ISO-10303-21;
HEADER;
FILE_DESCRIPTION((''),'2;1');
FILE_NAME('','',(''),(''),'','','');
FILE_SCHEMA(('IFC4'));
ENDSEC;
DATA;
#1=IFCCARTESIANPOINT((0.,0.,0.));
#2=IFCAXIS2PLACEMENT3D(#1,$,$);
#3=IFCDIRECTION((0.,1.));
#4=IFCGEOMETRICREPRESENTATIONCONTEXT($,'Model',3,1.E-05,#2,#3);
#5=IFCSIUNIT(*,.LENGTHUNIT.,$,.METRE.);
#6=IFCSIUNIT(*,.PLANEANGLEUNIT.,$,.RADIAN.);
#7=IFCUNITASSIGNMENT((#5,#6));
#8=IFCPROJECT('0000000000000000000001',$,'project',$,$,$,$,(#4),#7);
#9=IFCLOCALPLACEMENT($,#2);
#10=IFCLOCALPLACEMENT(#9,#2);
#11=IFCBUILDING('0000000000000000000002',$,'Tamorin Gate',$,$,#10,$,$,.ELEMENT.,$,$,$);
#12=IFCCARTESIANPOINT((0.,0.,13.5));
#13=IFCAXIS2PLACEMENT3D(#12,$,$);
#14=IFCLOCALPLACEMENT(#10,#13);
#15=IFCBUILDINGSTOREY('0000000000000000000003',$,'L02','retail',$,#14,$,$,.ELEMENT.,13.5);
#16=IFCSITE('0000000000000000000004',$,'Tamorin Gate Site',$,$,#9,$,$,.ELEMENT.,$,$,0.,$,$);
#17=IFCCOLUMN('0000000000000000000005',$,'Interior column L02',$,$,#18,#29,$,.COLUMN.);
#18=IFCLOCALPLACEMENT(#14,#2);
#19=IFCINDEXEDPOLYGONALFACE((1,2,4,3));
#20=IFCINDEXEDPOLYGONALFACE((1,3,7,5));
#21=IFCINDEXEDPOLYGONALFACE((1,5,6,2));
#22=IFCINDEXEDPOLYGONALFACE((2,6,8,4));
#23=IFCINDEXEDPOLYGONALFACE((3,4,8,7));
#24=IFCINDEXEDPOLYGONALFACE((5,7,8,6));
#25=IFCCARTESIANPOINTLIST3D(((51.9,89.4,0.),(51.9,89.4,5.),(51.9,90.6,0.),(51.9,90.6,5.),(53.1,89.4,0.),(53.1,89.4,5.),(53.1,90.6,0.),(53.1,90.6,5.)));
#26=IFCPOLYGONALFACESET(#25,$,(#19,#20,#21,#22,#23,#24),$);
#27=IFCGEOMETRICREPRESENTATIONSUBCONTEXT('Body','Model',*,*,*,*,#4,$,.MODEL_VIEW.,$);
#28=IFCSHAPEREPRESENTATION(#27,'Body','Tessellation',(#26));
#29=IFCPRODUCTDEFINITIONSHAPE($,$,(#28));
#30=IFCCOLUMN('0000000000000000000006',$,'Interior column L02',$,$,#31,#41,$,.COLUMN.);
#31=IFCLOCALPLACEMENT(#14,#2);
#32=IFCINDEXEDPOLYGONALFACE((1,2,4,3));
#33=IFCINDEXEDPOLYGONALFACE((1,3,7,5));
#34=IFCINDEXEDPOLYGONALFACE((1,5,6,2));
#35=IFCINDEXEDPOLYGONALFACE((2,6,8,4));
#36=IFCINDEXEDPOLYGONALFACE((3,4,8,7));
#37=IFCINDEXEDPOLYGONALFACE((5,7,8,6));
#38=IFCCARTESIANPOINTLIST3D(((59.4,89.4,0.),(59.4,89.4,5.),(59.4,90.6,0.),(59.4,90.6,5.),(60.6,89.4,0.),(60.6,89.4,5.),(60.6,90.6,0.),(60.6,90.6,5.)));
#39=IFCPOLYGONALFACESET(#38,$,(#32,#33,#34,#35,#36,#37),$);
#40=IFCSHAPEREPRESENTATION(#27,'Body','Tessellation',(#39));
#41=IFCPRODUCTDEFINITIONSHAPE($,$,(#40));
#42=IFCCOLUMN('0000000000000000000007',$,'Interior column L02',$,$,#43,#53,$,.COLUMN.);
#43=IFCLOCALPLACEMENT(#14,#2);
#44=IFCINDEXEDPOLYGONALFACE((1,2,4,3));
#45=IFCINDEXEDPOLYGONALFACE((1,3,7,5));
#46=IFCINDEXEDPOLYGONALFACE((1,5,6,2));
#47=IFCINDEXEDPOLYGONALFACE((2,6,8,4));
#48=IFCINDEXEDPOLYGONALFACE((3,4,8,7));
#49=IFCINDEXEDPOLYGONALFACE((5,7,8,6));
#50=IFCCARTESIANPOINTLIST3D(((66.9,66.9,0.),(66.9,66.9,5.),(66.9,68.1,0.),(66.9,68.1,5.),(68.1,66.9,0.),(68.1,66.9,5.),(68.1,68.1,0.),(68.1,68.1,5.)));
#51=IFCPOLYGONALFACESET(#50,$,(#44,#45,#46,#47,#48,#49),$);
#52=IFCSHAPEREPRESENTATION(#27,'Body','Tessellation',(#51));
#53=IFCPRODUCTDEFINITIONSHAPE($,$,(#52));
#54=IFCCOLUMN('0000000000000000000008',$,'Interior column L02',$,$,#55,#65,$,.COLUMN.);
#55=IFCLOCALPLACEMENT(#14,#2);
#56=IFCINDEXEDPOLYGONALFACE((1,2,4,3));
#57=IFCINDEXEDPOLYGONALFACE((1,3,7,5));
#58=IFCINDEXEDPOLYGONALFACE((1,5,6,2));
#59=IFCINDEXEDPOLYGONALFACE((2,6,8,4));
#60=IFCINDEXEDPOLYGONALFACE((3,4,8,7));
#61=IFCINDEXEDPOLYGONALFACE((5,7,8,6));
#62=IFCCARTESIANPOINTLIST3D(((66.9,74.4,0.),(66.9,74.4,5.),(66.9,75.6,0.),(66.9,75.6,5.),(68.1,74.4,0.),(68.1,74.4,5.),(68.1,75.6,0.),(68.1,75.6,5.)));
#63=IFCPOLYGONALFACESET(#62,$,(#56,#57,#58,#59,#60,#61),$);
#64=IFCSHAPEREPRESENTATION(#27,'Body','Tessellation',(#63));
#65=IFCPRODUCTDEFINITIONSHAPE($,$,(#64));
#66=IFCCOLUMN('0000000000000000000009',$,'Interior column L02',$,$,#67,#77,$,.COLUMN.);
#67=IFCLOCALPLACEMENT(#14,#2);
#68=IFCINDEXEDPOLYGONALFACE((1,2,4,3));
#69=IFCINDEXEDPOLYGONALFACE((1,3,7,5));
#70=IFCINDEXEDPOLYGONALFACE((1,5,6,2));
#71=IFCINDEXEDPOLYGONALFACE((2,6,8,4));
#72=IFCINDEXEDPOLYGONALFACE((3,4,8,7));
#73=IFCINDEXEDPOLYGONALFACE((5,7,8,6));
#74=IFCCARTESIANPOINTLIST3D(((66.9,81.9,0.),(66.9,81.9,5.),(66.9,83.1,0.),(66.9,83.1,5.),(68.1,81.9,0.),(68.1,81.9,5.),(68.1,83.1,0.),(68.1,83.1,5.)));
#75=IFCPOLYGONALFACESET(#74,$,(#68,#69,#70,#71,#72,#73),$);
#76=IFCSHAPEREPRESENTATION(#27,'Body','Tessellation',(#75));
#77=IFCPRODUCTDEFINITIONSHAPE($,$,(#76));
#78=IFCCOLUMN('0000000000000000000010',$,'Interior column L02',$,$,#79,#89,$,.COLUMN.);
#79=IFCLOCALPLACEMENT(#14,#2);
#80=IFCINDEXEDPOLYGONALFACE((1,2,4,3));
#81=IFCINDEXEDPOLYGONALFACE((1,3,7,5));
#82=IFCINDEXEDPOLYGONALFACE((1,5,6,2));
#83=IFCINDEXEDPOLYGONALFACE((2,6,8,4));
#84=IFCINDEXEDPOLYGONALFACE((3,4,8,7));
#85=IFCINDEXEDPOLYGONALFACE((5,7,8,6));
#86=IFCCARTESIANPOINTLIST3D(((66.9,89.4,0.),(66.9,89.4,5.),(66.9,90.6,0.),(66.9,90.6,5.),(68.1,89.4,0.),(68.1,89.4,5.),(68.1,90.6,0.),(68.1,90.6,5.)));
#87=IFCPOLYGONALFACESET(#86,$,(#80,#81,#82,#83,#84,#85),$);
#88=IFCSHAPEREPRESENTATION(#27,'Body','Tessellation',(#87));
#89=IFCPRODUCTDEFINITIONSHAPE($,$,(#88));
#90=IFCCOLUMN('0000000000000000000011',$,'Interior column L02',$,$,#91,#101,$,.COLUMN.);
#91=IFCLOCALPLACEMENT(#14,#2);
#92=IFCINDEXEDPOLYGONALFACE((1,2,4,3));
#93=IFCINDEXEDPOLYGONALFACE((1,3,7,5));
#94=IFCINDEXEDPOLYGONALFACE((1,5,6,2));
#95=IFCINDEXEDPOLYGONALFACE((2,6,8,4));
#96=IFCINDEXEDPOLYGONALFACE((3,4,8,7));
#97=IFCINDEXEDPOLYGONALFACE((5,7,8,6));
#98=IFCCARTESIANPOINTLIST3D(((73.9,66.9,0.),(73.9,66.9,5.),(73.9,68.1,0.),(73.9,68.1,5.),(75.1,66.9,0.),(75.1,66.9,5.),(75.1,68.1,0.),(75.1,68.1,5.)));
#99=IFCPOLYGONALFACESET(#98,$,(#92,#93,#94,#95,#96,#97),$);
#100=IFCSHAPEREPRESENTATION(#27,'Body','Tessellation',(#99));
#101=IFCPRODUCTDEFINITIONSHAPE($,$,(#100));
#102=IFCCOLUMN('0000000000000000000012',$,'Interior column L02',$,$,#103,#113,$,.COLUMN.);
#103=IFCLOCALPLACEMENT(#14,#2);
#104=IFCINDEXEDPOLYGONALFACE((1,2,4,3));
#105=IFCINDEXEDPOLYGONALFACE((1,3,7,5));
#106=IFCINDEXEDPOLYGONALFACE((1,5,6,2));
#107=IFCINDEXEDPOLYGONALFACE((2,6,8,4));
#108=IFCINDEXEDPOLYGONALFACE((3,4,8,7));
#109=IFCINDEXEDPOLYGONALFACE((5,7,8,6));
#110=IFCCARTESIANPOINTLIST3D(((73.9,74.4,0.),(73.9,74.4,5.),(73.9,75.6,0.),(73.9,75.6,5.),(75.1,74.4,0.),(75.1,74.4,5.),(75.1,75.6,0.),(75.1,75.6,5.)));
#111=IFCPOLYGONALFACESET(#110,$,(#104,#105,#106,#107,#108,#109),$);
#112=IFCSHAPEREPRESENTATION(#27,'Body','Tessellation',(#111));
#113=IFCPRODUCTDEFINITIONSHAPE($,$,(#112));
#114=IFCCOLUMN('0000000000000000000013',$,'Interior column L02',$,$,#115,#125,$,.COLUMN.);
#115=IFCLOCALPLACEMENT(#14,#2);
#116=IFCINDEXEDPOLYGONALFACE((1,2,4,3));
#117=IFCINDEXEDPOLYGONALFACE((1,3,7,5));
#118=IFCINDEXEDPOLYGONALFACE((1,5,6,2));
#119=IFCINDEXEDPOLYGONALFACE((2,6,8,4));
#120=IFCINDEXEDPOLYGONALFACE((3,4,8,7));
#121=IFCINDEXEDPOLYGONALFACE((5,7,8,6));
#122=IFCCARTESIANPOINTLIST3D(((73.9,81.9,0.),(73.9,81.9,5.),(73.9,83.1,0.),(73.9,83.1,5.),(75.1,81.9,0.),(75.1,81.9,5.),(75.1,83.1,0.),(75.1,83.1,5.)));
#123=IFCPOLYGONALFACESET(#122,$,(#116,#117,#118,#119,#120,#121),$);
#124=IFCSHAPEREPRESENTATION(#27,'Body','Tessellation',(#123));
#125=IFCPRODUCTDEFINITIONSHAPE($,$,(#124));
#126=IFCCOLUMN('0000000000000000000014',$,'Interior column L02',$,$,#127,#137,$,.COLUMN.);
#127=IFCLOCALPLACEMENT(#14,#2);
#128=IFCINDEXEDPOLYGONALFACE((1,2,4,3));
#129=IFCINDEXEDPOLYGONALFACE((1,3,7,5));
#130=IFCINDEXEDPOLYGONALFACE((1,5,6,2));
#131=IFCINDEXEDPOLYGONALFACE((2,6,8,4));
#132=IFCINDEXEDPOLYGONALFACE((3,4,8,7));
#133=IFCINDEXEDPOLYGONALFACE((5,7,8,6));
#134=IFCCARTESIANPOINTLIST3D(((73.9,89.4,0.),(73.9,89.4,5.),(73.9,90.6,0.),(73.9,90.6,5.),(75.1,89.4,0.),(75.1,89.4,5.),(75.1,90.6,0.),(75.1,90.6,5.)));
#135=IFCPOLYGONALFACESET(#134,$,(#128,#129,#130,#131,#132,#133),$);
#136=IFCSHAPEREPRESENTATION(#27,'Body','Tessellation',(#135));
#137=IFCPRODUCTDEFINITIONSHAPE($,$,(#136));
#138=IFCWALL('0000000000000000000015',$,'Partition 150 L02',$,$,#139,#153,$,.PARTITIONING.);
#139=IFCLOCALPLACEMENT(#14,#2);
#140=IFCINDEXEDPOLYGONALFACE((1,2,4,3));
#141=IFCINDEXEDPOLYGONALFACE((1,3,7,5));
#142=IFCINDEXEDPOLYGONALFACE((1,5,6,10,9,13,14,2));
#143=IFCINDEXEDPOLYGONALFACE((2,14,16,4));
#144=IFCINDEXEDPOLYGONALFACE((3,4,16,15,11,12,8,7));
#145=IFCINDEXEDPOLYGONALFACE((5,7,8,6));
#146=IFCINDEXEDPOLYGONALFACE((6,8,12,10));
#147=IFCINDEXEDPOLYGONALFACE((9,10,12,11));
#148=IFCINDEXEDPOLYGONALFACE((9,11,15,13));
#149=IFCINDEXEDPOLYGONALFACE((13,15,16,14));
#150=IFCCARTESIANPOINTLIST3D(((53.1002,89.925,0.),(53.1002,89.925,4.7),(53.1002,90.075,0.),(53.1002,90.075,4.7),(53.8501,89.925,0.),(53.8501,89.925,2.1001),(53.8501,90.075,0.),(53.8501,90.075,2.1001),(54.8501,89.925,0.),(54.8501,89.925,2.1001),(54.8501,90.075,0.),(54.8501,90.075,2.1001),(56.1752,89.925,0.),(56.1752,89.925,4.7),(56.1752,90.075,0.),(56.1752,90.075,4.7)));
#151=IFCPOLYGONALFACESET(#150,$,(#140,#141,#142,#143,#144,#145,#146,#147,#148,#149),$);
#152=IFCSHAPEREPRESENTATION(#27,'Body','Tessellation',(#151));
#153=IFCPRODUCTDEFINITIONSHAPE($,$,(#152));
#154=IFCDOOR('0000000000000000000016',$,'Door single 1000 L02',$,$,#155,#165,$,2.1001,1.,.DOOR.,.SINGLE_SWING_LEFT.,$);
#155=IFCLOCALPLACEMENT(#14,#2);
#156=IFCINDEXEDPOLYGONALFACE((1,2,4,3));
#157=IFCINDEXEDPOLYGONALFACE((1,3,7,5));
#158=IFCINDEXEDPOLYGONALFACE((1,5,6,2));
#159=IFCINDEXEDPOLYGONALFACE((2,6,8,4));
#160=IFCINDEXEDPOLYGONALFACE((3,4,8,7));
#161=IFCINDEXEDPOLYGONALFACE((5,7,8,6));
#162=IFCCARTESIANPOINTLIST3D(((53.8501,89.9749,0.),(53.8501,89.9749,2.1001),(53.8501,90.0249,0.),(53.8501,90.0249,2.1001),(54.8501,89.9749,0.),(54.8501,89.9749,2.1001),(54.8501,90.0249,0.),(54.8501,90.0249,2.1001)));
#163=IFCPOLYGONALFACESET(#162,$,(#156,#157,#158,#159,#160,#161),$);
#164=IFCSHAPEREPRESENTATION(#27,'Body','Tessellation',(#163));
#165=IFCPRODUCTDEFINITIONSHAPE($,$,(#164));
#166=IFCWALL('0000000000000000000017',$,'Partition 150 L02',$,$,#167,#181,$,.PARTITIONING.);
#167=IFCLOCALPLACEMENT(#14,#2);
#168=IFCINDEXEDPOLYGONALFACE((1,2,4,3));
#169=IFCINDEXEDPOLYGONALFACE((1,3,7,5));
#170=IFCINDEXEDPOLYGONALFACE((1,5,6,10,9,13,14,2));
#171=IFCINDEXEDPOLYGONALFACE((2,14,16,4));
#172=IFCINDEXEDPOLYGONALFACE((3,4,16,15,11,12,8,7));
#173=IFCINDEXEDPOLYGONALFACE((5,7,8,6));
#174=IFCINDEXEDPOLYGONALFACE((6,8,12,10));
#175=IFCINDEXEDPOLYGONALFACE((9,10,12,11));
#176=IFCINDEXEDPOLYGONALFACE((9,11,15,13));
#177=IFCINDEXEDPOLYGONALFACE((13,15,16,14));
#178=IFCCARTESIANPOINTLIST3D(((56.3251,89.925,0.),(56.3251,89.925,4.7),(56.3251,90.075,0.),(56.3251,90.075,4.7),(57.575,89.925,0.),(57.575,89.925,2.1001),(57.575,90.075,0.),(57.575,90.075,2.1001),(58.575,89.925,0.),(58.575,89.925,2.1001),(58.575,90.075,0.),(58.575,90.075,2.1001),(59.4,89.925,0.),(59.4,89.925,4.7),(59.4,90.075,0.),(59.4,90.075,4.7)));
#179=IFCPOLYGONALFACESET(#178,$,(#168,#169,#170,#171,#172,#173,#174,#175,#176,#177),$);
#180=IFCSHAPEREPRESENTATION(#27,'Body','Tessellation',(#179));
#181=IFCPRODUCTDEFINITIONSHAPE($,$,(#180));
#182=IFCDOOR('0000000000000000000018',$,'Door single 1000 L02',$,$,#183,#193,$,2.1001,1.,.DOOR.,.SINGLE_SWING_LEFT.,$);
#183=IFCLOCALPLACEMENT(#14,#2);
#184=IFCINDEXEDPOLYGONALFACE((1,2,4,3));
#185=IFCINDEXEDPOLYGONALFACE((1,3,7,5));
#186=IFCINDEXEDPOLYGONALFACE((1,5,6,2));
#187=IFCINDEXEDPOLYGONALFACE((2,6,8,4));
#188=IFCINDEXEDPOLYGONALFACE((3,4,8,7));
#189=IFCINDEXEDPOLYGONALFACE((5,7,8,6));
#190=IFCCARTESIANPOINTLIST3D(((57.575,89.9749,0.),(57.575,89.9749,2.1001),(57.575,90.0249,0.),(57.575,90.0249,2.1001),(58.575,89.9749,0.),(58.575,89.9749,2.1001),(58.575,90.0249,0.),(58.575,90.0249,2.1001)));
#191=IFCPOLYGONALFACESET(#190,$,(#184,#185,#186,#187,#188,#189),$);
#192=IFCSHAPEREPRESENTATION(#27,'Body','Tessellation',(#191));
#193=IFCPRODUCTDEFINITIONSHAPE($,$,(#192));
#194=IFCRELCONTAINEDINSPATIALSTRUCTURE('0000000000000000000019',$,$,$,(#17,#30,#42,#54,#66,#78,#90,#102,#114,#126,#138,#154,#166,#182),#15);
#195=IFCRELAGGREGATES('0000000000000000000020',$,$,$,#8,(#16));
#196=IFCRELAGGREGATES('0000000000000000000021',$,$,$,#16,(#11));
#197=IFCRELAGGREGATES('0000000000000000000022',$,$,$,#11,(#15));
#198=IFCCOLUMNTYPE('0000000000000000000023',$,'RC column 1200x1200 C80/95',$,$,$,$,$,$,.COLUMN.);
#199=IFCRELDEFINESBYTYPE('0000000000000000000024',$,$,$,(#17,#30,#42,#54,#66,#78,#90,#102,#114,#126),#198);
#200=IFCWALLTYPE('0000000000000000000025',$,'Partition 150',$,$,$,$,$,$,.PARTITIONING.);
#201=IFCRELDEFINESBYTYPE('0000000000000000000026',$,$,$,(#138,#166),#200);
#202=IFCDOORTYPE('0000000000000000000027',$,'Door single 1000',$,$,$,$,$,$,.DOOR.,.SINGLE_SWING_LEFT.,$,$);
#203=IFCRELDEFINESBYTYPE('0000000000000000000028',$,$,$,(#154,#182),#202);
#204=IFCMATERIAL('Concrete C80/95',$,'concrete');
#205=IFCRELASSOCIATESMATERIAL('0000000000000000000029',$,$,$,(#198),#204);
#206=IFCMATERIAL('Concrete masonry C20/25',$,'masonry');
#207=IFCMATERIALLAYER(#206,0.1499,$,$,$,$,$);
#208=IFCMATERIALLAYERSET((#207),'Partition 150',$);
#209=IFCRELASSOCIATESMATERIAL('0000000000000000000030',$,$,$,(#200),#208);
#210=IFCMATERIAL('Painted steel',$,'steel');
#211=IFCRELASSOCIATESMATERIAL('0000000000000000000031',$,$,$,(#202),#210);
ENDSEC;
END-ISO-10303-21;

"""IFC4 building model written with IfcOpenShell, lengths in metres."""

from ifc_helpers import new_model, si_unit, direction, frame, frame_2d, origin, origin_2d, place, context, subcontext, project, spatial, rectangle, extrude, material, layer, layer_set, material_profile, profile_set, type_object, element, fill, save


model = new_model("IFC4")

# Units and contexts
model_context = context("Model", 3, precision=1e-05, world=origin(), true_north=direction((0.0, 1.0)))
body_context = subcontext(model_context, "Body", "Model", "MODEL_VIEW")
ifc_project = project(units=[si_unit("LENGTHUNIT", "METRE"), si_unit("PLANEANGLEUNIT", "RADIAN")], contexts=[model_context])

# Site, building, storey
site_placement = place(None, origin())
site = spatial("IfcSite", under=ifc_project, at=site_placement, Name="Tamorin Gate Site", CompositionType="ELEMENT", RefElevation=0.0)
building_placement = place(site_placement, origin())
building = spatial("IfcBuilding", under=site, at=building_placement, Name="Tamorin Gate", CompositionType="ELEMENT")
storey_placement = place(building_placement, frame((0.0, 0.0, 13.5)))
storey = spatial("IfcBuildingStorey", under=building, at=storey_placement, Name="L02", Description="retail", CompositionType="ELEMENT", Elevation=13.5)

# Columns
ifc_material_1 = material(Name="Concrete C80/95", Category="concrete")
ifc_material_profile = material_profile(ifc_material_1, rectangle(XDim=1.2, YDim=1.2, at=origin_2d()), Name="RC 1200x1200")
ifc_profile_set = profile_set([ifc_material_profile], Name="Concrete C80/95")
column_type = type_object("IfcColumnType", Name="RC column 1200x1200 C80/95", PredefinedType="COLUMN", material=ifc_profile_set)
for number, where, z_axis, x_axis, name in (
    (1, (52.5, 90.0, 0.0), (0.0, 0.0, 1.0), (1.0, 0.0, 0.0), "Interior column L02"),
    (2, (60.0, 90.0, 0.0), (0.0, 0.0, 1.0), (1.0, 0.0, 0.0), "Interior column L02"),
    (3, (67.5, 67.5, 0.0), (0.0, 0.0, 1.0), (1.0, 0.0, 0.0), "Interior column L02"),
    (4, (67.5, 75.0, 0.0), (0.0, 0.0, 1.0), (1.0, 0.0, 0.0), "Interior column L02"),
    (5, (67.5, 82.5, 0.0), (0.0, 0.0, 1.0), (1.0, 0.0, 0.0), "Interior column L02"),
    (6, (67.5, 90.0, 0.0), (0.0, 0.0, 1.0), (1.0, 0.0, 0.0), "Interior column L02"),
    (7, (74.5, 67.5, 0.0), (0.0, 0.0, 1.0), (1.0, 0.0, 0.0), "Interior column L02"),
    (8, (74.5, 75.0, 0.0), (0.0, 0.0, 1.0), (1.0, 0.0, 0.0), "Interior column L02"),
    (9, (74.5, 82.5, 0.0), (0.0, 0.0, 1.0), (1.0, 0.0, 0.0), "Interior column L02"),
    (10, (74.5, 90.0, 0.0), (0.0, 0.0, 1.0), (1.0, 0.0, 0.0), "Interior column L02"),
):
    element("IfcColumn", number, at=place(storey_placement, frame(where, z_axis=z_axis, x_axis=x_axis)), inside=storey, type_object=column_type, Name=name, PredefinedType="COLUMN", context=body_context, shape_type="SweptSolid", body=[
        extrude(rectangle(XDim=1.2, YDim=1.2, at=origin_2d()), origin(), (0.0, 0.0, 1.0), 5.0),
    ])

# Walls, openings, doors
ifc_material_2 = material(Name="Concrete masonry C20/25", Category="masonry")
ifc_layer_1 = layer(ifc_material_2, 0.1499)
ifc_layer_set_1 = layer_set([ifc_layer_1], Name="Partition 150")
wall_type_1 = type_object("IfcWallType", Name="Partition 150", PredefinedType="PARTITIONING", material=ifc_layer_set_1)
wall_1_placement = place(storey_placement, frame((53.1001, 90.0, 0.0), z_axis=(0.0, 0.0, 1.0), x_axis=(1.0, 0.0, 0.0)))
wall_1 = element("IfcWall", 11, at=wall_1_placement, inside=storey, type_object=wall_type_1, Name="Partition 150 L02", PredefinedType="PARTITIONING", context=body_context, shape_type="SweptSolid", body=[
    extrude(rectangle(XDim=3.075, YDim=0.1499, at=frame_2d((1.5376, 0.0))), origin(), (0.0, 0.0, 1.0), 4.7),
])
opening_1_placement = place(wall_1_placement, frame((0.75, 0.0, 0.0)))
opening_1 = element("IfcOpeningElement", 12, at=opening_1_placement, cuts=wall_1, PredefinedType="OPENING", context=body_context, shape_type="SweptSolid", body=[
    extrude(rectangle(XDim=1.0, YDim=2.1001, at=frame_2d((0.5, 1.05))), frame((0.0, 0.085, 0.0), z_axis=(0.0, -1.0, 0.0), x_axis=(1.0, 0.0, 0.0)), (0.0, 0.0, 1.0), 0.1699),
])
ifc_material_3 = material(Name="Painted steel", Category="steel")
door_type_1 = type_object("IfcDoorType", Name="Door single 1000", OperationType="SINGLE_SWING_LEFT", PredefinedType="DOOR", material=ifc_material_3)
door_1_placement = place(opening_1_placement, origin())
door_1 = element("IfcDoor", 13, at=door_1_placement, inside=storey, type_object=door_type_1, Name="Door single 1000 L02", OperationType="SINGLE_SWING_LEFT", OverallHeight=2.1001, OverallWidth=1.0, PredefinedType="DOOR", context=body_context, shape_type="SweptSolid", body=[
    extrude(rectangle(XDim=1.0, YDim=2.1001, at=frame_2d((0.5, 1.05))), frame((0.0, 0.0249, 0.0), z_axis=(0.0, -1.0, 0.0), x_axis=(1.0, 0.0, 0.0)), (0.0, 0.0, 1.0), 0.05),
])
fill(opening_1, door_1)
wall_2_placement = place(storey_placement, frame((56.325, 90.0, 0.0), z_axis=(0.0, 0.0, 1.0), x_axis=(1.0, 0.0, 0.0)))
wall_2 = element("IfcWall", 14, at=wall_2_placement, inside=storey, type_object=wall_type_1, Name="Partition 150 L02", PredefinedType="PARTITIONING", context=body_context, shape_type="SweptSolid", body=[
    extrude(rectangle(XDim=3.075, YDim=0.1499, at=frame_2d((1.5376, 0.0))), origin(), (0.0, 0.0, 1.0), 4.7),
])
opening_2_placement = place(wall_2_placement, frame((1.25, 0.0, 0.0)))
opening_2 = element("IfcOpeningElement", 15, at=opening_2_placement, cuts=wall_2, PredefinedType="OPENING", context=body_context, shape_type="SweptSolid", body=[
    extrude(rectangle(XDim=1.0, YDim=2.1001, at=frame_2d((0.5, 1.05))), frame((0.0, 0.085, 0.0), z_axis=(0.0, -1.0, 0.0), x_axis=(1.0, 0.0, 0.0)), (0.0, 0.0, 1.0), 0.1699),
])
door_2_placement = place(opening_2_placement, origin())
door_2 = element("IfcDoor", 16, at=door_2_placement, inside=storey, type_object=door_type_1, Name="Door single 1000 L02", OperationType="SINGLE_SWING_LEFT", OverallHeight=2.1001, OverallWidth=1.0, PredefinedType="DOOR", context=body_context, shape_type="SweptSolid", body=[
    extrude(rectangle(XDim=1.0, YDim=2.1001, at=frame_2d((0.5, 1.05))), frame((0.0, 0.0249, 0.0), z_axis=(0.0, -1.0, 0.0), x_axis=(1.0, 0.0, 0.0)), (0.0, 0.0, 1.0), 0.05),
])
fill(opening_2, door_2)

save(model, "model.ifc")
